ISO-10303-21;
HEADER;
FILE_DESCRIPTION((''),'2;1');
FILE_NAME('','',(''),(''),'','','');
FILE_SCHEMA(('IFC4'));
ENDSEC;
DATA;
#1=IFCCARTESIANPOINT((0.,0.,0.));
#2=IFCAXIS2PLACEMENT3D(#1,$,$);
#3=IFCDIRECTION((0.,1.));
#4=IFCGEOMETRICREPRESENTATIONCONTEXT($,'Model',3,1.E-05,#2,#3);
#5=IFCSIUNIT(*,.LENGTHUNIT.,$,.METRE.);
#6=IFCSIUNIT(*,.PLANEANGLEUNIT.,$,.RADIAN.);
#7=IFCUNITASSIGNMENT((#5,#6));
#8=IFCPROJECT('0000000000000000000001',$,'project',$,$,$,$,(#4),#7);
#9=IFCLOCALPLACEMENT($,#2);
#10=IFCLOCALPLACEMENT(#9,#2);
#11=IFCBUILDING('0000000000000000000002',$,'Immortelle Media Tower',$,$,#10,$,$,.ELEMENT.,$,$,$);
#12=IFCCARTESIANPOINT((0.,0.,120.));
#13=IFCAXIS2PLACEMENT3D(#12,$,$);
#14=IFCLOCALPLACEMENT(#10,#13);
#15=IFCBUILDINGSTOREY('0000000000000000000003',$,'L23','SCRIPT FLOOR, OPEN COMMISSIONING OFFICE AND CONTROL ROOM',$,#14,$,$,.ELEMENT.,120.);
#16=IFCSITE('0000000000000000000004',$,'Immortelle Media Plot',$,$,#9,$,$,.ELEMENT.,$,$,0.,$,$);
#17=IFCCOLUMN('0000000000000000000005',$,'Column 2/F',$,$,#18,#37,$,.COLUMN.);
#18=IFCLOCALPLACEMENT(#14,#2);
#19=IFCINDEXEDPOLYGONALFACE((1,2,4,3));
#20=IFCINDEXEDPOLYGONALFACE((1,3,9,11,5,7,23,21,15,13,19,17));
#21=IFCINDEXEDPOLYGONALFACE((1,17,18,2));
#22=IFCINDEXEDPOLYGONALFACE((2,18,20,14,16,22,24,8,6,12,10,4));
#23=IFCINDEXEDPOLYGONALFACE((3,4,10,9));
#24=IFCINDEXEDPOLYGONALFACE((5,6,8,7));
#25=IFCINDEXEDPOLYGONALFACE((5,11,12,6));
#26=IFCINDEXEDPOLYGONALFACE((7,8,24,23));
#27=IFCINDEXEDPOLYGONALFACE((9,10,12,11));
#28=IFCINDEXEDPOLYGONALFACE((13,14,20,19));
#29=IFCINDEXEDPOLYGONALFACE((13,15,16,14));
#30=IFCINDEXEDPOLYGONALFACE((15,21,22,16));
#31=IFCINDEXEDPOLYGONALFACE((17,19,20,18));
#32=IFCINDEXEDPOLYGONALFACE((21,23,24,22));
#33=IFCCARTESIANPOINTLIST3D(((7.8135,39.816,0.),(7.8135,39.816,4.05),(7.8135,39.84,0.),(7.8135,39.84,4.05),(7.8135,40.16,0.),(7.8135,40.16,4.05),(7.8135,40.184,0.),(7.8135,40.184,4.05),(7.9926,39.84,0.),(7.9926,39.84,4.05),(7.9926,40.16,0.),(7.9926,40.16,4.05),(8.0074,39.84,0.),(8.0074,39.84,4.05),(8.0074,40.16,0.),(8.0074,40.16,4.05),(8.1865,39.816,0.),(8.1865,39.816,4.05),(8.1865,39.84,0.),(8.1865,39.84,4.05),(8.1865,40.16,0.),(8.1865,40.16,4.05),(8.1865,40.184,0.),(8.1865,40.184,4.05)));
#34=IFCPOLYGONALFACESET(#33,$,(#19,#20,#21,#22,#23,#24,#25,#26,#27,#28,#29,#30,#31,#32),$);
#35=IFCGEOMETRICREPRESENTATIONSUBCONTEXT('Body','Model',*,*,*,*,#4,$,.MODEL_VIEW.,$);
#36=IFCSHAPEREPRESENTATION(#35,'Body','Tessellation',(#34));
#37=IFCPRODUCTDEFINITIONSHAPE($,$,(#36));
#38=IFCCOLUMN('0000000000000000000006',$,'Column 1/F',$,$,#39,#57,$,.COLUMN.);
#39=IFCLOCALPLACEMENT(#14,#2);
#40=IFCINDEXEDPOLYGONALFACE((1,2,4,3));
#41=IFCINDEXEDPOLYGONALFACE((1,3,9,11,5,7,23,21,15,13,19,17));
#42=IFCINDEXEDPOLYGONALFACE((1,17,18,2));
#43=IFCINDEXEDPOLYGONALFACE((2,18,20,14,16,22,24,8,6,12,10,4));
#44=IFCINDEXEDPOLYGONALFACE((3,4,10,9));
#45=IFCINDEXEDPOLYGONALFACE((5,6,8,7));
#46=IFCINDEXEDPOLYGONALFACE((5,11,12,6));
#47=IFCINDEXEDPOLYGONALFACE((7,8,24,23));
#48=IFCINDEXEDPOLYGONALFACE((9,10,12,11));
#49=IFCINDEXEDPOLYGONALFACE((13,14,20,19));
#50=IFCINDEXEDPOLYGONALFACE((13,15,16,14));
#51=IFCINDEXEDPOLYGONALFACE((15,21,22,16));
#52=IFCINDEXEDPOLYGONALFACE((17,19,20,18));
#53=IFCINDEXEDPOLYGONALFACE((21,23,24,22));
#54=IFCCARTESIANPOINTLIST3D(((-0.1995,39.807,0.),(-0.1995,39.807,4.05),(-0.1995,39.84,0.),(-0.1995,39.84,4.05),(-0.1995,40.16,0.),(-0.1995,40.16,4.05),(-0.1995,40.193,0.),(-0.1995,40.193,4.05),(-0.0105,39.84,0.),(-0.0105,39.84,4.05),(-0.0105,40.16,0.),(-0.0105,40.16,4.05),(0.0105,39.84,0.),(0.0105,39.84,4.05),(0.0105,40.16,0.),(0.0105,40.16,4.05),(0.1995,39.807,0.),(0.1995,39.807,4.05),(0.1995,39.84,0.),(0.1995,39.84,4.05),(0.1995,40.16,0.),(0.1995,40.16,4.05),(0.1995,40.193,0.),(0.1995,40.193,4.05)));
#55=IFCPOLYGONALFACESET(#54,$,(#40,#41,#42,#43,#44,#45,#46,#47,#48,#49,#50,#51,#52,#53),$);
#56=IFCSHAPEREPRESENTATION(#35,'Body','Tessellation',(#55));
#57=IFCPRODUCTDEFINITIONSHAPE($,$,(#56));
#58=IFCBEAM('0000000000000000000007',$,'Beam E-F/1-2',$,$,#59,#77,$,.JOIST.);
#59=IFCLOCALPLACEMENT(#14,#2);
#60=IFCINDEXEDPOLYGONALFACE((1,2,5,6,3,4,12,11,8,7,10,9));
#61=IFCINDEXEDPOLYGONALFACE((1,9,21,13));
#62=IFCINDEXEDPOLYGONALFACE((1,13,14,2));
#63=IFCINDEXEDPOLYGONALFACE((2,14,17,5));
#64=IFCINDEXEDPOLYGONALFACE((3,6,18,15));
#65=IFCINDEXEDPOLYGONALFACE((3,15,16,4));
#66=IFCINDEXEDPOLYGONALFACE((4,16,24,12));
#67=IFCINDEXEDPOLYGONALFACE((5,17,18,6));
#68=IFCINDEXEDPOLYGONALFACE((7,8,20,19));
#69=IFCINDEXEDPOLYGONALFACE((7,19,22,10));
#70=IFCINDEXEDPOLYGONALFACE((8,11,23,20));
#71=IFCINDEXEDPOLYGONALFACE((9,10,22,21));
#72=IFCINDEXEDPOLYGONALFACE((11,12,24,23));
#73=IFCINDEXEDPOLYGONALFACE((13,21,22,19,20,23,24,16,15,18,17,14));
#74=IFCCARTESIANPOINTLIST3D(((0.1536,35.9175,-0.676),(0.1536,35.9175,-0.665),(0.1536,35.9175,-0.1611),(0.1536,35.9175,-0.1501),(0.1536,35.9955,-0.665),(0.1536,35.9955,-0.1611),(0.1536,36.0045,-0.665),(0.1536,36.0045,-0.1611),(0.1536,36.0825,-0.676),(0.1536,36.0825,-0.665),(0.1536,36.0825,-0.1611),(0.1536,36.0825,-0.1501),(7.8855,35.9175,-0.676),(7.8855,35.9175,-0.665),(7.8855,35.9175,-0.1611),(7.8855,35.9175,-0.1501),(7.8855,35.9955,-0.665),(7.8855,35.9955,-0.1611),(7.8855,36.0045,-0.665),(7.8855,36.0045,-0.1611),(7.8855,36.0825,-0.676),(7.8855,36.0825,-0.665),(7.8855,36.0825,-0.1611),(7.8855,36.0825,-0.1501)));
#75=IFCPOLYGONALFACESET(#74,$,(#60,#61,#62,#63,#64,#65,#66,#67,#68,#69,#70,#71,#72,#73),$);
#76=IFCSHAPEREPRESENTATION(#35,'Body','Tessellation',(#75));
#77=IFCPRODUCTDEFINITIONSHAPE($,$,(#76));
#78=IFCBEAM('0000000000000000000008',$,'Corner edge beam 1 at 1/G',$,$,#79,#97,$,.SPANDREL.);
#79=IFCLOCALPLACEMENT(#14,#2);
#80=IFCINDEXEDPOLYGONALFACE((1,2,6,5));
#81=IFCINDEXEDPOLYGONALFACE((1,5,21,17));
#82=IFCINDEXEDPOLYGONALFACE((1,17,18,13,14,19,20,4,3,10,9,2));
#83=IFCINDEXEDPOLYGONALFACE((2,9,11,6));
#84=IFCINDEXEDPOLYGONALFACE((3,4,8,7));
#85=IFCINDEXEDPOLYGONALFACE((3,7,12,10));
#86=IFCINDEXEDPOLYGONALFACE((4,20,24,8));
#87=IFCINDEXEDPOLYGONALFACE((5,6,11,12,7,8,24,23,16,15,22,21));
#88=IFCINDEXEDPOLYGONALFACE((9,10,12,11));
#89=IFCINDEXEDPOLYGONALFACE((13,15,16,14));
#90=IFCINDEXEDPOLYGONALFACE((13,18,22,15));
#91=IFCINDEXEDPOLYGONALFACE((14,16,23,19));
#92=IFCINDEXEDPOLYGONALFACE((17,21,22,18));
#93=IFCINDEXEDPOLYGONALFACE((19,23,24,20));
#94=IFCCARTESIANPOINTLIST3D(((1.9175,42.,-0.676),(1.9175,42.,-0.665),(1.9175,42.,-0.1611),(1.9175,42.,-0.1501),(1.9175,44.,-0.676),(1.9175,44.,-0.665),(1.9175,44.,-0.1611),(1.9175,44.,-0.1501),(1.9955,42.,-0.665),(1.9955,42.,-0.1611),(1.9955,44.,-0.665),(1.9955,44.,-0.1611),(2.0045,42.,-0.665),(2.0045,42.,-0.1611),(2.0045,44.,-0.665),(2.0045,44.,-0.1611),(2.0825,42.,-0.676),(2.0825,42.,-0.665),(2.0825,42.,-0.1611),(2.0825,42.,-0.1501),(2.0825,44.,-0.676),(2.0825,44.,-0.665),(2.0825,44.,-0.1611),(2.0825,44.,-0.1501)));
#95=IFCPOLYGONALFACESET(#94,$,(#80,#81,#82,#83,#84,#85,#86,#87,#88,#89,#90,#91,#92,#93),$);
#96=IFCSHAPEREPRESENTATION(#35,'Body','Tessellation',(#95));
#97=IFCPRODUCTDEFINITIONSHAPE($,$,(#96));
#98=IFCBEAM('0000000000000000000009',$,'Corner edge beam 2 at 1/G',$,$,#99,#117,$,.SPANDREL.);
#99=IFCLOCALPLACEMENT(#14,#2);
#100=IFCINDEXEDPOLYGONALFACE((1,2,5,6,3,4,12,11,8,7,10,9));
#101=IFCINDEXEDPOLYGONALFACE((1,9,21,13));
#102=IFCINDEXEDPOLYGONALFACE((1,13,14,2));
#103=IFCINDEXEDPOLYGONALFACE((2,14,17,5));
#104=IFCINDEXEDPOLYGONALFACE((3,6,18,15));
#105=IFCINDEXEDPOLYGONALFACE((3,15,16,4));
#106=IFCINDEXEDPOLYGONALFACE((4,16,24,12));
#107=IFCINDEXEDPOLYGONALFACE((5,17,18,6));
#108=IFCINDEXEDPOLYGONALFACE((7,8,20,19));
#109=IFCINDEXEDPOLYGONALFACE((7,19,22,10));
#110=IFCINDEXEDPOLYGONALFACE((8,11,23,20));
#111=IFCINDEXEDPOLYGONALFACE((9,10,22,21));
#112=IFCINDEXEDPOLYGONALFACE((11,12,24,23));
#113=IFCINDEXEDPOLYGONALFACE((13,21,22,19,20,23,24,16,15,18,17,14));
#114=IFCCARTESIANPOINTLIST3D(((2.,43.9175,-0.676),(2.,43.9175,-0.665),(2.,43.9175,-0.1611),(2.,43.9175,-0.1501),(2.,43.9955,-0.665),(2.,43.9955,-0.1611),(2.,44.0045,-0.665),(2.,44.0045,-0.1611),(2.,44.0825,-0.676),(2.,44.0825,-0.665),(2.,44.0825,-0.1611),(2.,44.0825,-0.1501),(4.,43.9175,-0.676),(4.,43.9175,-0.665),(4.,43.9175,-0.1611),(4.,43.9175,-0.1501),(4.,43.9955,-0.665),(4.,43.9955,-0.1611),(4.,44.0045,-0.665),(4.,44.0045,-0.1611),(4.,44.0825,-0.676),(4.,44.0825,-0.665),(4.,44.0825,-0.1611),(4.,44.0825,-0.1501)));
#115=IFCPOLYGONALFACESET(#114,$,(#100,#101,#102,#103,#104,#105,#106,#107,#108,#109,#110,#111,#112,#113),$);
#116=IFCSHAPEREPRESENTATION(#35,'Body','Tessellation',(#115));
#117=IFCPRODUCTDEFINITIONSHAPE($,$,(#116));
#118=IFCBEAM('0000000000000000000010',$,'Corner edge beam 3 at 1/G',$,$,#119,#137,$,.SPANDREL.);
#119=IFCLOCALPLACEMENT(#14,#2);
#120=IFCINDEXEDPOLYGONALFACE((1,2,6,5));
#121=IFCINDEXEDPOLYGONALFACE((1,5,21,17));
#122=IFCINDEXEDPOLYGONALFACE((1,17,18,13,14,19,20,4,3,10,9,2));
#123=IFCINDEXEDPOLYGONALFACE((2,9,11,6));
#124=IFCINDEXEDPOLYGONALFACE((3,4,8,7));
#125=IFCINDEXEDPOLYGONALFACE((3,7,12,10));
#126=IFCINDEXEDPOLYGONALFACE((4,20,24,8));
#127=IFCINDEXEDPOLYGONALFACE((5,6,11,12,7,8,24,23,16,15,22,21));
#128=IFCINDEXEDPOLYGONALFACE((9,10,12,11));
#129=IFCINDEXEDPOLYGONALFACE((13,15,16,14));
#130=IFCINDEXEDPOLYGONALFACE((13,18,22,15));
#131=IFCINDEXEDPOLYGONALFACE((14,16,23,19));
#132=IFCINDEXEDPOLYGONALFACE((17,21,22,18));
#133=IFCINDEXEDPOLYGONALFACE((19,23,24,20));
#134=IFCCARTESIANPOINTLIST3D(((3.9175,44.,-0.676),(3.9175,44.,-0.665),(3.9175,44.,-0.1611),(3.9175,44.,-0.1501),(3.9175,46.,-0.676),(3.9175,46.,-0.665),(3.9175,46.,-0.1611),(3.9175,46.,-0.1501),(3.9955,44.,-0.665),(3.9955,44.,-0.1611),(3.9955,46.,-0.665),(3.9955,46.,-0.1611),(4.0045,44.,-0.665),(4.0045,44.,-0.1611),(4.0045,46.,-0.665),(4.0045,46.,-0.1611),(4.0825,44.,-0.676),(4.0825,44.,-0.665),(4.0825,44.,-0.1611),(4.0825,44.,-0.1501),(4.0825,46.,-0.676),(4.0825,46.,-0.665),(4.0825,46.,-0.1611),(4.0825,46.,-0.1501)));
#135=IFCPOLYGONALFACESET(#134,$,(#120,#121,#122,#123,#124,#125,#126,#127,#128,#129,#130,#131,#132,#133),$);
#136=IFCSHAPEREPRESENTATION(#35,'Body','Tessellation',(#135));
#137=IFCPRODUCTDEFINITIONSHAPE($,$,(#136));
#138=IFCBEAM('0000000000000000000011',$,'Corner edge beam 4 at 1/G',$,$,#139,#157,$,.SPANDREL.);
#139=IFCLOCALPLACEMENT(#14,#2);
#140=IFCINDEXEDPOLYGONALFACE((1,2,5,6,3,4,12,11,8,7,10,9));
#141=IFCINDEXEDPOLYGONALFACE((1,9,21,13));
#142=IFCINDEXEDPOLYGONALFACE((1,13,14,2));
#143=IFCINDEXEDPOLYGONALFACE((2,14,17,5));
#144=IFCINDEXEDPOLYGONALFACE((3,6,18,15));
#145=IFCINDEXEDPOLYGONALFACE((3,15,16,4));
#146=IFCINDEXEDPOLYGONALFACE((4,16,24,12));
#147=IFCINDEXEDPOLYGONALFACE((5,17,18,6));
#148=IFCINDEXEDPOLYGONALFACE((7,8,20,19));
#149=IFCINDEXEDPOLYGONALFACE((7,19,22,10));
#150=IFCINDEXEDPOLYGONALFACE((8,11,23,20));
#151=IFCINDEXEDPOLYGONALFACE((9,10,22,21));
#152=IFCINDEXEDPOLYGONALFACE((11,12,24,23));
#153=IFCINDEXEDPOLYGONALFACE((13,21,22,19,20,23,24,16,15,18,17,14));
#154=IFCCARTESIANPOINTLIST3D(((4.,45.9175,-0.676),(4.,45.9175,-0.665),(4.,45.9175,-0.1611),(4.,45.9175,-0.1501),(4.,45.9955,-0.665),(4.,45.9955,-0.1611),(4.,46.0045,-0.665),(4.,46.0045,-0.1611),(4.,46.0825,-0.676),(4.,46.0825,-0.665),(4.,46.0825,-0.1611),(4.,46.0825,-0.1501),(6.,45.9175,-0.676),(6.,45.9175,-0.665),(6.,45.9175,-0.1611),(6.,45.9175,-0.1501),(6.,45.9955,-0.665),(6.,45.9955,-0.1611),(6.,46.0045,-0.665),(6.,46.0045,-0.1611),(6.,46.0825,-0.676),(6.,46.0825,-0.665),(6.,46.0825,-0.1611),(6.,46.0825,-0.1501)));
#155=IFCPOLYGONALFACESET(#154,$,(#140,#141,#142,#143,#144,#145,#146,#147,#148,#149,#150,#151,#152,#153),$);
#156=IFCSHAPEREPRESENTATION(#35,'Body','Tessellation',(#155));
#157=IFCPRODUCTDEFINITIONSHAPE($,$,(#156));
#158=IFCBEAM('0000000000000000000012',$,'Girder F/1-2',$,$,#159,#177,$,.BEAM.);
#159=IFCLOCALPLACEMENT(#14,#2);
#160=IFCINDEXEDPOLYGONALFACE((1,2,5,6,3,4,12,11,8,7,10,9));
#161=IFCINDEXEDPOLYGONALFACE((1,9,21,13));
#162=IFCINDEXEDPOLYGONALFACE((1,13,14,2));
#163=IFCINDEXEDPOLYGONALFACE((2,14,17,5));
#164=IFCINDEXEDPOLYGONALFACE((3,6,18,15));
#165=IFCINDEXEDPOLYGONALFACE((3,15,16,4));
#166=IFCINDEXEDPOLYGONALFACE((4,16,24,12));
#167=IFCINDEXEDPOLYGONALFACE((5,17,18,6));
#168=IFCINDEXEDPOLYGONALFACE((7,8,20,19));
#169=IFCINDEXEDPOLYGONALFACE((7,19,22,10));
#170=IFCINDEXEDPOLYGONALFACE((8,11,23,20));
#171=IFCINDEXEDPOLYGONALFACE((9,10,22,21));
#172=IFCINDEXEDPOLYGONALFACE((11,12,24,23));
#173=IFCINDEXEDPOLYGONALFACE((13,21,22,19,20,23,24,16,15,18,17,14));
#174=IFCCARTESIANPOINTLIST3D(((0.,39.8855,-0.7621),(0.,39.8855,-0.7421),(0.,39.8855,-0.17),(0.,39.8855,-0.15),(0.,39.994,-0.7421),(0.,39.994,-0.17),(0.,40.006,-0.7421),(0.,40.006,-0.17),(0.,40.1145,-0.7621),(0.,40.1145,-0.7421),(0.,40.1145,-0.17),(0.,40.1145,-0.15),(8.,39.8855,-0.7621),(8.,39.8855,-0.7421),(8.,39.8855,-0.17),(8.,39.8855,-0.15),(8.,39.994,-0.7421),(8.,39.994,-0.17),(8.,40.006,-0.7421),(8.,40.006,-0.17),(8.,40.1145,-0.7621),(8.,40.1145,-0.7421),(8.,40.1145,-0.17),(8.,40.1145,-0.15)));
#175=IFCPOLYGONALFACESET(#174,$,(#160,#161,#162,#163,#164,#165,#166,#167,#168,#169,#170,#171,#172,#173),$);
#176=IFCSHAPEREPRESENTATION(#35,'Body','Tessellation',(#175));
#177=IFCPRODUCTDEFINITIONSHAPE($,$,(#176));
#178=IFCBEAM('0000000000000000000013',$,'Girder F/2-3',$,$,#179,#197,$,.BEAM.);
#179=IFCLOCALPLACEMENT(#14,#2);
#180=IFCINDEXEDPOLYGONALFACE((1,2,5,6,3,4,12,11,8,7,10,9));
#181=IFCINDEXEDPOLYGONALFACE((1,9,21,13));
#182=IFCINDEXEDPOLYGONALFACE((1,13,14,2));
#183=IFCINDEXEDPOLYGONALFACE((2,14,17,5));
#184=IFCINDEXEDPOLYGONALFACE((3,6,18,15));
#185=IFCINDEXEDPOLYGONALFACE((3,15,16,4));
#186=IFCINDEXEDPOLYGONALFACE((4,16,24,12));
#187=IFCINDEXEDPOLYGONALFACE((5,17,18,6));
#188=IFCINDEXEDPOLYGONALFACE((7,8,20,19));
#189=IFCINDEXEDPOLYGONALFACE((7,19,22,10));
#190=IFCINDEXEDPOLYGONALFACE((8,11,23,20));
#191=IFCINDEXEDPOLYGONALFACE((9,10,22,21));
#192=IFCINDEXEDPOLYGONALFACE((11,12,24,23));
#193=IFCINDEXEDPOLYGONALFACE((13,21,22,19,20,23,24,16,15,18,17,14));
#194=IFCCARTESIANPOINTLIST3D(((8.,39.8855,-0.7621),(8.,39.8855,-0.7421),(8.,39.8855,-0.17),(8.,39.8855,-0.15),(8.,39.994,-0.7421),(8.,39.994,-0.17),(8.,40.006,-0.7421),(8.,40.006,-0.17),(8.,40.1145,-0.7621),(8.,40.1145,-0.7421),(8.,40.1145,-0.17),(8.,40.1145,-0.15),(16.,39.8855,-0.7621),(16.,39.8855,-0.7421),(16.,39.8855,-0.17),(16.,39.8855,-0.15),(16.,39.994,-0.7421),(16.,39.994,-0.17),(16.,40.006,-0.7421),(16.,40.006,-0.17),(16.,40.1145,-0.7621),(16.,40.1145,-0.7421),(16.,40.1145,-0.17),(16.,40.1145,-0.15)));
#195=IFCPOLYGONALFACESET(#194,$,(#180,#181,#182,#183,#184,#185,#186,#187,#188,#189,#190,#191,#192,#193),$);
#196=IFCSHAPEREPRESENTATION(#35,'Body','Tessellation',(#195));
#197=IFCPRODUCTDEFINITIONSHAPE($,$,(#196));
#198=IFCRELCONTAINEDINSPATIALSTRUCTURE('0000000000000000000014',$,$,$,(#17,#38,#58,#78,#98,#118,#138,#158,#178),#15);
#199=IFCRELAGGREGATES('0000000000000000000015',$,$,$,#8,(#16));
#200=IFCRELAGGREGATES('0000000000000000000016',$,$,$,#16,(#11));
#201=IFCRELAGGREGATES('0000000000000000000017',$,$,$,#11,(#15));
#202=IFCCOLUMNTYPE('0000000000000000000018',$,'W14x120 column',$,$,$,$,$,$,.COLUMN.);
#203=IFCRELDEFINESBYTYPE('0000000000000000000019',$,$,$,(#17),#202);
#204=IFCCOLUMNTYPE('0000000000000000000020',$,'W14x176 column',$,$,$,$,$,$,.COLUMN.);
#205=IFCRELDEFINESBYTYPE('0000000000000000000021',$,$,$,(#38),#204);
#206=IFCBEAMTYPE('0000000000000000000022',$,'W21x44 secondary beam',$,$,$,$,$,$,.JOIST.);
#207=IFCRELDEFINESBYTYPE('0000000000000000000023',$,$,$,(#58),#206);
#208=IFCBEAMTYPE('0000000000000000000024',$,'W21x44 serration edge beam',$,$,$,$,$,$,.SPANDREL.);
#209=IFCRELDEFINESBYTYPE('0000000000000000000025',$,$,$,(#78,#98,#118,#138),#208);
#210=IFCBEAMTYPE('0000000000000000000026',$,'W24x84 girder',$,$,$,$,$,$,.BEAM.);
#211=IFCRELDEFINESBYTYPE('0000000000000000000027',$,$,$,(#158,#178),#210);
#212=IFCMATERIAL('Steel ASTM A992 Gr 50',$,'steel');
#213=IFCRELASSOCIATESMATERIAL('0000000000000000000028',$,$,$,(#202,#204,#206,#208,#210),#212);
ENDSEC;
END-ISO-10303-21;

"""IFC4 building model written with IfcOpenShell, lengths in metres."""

from ifc_helpers import new_model, si_unit, direction, frame, origin, origin_2d, place, context, subcontext, project, spatial, i_section, extrude, material, material_profile, profile_set, type_object, element, save


model = new_model("IFC4")

# Units and contexts
model_context = context("Model", 3, precision=1e-05, world=origin(), true_north=direction((0.0, 1.0)))
body_context = subcontext(model_context, "Body", "Model", "MODEL_VIEW")
ifc_project = project(units=[si_unit("LENGTHUNIT", "METRE"), si_unit("PLANEANGLEUNIT", "RADIAN")], contexts=[model_context])

# Site, building, storey
site_placement = place(None, origin())
site = spatial("IfcSite", under=ifc_project, at=site_placement, Name="Immortelle Media Plot", CompositionType="ELEMENT", RefElevation=0.0)
building_placement = place(site_placement, origin())
building = spatial("IfcBuilding", under=site, at=building_placement, Name="Immortelle Media Tower", CompositionType="ELEMENT")
storey_placement = place(building_placement, frame((0.0, 0.0, 120.0)))
storey = spatial("IfcBuildingStorey", under=building, at=storey_placement, Name="L23", Description="SCRIPT FLOOR, OPEN COMMISSIONING OFFICE AND CONTROL ROOM", CompositionType="ELEMENT", Elevation=120.0)

# Columns
ifc_material_1 = material(Name="Steel ASTM A992 Gr 50", Category="steel")
ifc_material_profile_1 = material_profile(ifc_material_1, i_section(OverallWidth=0.373, OverallDepth=0.3679, WebThickness=0.0149, FlangeThickness=0.0239, at=origin_2d()), Name="W14x120")
ifc_profile_set_1 = profile_set([ifc_material_profile_1], Name="Steel ASTM A992 Gr 50")
column_type_1 = type_object("IfcColumnType", Name="W14x120 column", PredefinedType="COLUMN", material=ifc_profile_set_1)
column_1_placement = place(storey_placement, frame((8.0, 40.0, 0.0), z_axis=(0.0, 0.0, 1.0), x_axis=(1.0, 0.0, 0.0)))
element("IfcColumn", 1, at=column_1_placement, inside=storey, type_object=column_type_1, Name="Column 2/F", PredefinedType="COLUMN", context=body_context, shape_type="SweptSolid", body=[
    extrude(i_section(OverallWidth=0.373, OverallDepth=0.3679, WebThickness=0.0149, FlangeThickness=0.0239, at=origin_2d()), origin(), (0.0, 0.0, 1.0), 4.05),
])
ifc_material_profile_2 = material_profile(ifc_material_1, i_section(OverallWidth=0.3989, OverallDepth=0.386, WebThickness=0.021, FlangeThickness=0.033, at=origin_2d()), Name="W14x176")
ifc_profile_set_2 = profile_set([ifc_material_profile_2], Name="Steel ASTM A992 Gr 50")
column_type_2 = type_object("IfcColumnType", Name="W14x176 column", PredefinedType="COLUMN", material=ifc_profile_set_2)
column_2_placement = place(storey_placement, frame((0.0, 40.0, 0.0), z_axis=(0.0, 0.0, 1.0), x_axis=(1.0, 0.0, 0.0)))
element("IfcColumn", 2, at=column_2_placement, inside=storey, type_object=column_type_2, Name="Column 1/F", PredefinedType="COLUMN", context=body_context, shape_type="SweptSolid", body=[
    extrude(i_section(OverallWidth=0.3989, OverallDepth=0.386, WebThickness=0.021, FlangeThickness=0.033, at=origin_2d()), origin(), (0.0, 0.0, 1.0), 4.05),
])

# Beams
ifc_material_profile_3 = material_profile(ifc_material_1, i_section(OverallWidth=0.165, OverallDepth=0.5259, WebThickness=0.009, FlangeThickness=0.011, at=origin_2d()), Name="W21x44")
ifc_profile_set_3 = profile_set([ifc_material_profile_3], Name="Steel ASTM A992 Gr 50")
beam_type_1 = type_object("IfcBeamType", Name="W21x44 secondary beam", PredefinedType="JOIST", material=ifc_profile_set_3)
beam_1_placement = place(storey_placement, frame((0.1536, 36.0, -0.4131), z_axis=(1.0, 0.0, 0.0), x_axis=(0.0, 1.0, 0.0)))
element("IfcBeam", 3, at=beam_1_placement, inside=storey, type_object=beam_type_1, Name="Beam E-F/1-2", PredefinedType="JOIST", context=body_context, shape_type="SweptSolid", body=[
    extrude(i_section(OverallWidth=0.165, OverallDepth=0.5259, WebThickness=0.009, FlangeThickness=0.011, at=origin_2d()), origin(), (0.0, 0.0, 1.0), 7.7319),
])
ifc_material_profile_4 = material_profile(ifc_material_1, i_section(OverallWidth=0.165, OverallDepth=0.5259, WebThickness=0.009, FlangeThickness=0.011, at=origin_2d()), Name="W21x44")
ifc_profile_set_4 = profile_set([ifc_material_profile_4], Name="Steel ASTM A992 Gr 50")
beam_type_2 = type_object("IfcBeamType", Name="W21x44 serration edge beam", PredefinedType="SPANDREL", material=ifc_profile_set_4)
for number, where, z_axis, x_axis, name in (
    (4, (2.0, 42.0, -0.4131), (0.0, 1.0, 0.0), (-1.0, 0.0, 0.0), "Corner edge beam 1 at 1/G"),
    (5, (2.0, 44.0, -0.4131), (1.0, 0.0, 0.0), (0.0, 1.0, 0.0), "Corner edge beam 2 at 1/G"),
    (6, (4.0, 44.0, -0.4131), (0.0, 1.0, 0.0), (-1.0, 0.0, 0.0), "Corner edge beam 3 at 1/G"),
    (7, (4.0, 46.0, -0.4131), (1.0, 0.0, 0.0), (0.0, 1.0, 0.0), "Corner edge beam 4 at 1/G"),
):
    element("IfcBeam", number, at=place(storey_placement, frame(where, z_axis=z_axis, x_axis=x_axis)), inside=storey, type_object=beam_type_2, Name=name, PredefinedType="SPANDREL", context=body_context, shape_type="SweptSolid", body=[
        extrude(i_section(OverallWidth=0.165, OverallDepth=0.5259, WebThickness=0.009, FlangeThickness=0.011, at=origin_2d()), origin(), (0.0, 0.0, 1.0), 2.0),
    ])
ifc_material_profile_5 = material_profile(ifc_material_1, i_section(OverallWidth=0.229, OverallDepth=0.6121, WebThickness=0.012, FlangeThickness=0.02, at=origin_2d()), Name="W24x84")
ifc_profile_set_5 = profile_set([ifc_material_profile_5], Name="Steel ASTM A992 Gr 50")
beam_type_3 = type_object("IfcBeamType", Name="W24x84 girder", PredefinedType="BEAM", material=ifc_profile_set_5)
for number, where, z_axis, x_axis, name in (
    (8, (0.0, 40.0, -0.4561), (1.0, 0.0, 0.0), (0.0, 1.0, 0.0), "Girder F/1-2"),
    (9, (8.0, 40.0, -0.4561), (1.0, 0.0, 0.0), (0.0, 1.0, 0.0), "Girder F/2-3"),
):
    element("IfcBeam", number, at=place(storey_placement, frame(where, z_axis=z_axis, x_axis=x_axis)), inside=storey, type_object=beam_type_3, Name=name, PredefinedType="BEAM", context=body_context, shape_type="SweptSolid", body=[
        extrude(i_section(OverallWidth=0.229, OverallDepth=0.6121, WebThickness=0.012, FlangeThickness=0.02, at=origin_2d()), origin(), (0.0, 0.0, 1.0), 8.0),
    ])

save(model, "model.ifc")
